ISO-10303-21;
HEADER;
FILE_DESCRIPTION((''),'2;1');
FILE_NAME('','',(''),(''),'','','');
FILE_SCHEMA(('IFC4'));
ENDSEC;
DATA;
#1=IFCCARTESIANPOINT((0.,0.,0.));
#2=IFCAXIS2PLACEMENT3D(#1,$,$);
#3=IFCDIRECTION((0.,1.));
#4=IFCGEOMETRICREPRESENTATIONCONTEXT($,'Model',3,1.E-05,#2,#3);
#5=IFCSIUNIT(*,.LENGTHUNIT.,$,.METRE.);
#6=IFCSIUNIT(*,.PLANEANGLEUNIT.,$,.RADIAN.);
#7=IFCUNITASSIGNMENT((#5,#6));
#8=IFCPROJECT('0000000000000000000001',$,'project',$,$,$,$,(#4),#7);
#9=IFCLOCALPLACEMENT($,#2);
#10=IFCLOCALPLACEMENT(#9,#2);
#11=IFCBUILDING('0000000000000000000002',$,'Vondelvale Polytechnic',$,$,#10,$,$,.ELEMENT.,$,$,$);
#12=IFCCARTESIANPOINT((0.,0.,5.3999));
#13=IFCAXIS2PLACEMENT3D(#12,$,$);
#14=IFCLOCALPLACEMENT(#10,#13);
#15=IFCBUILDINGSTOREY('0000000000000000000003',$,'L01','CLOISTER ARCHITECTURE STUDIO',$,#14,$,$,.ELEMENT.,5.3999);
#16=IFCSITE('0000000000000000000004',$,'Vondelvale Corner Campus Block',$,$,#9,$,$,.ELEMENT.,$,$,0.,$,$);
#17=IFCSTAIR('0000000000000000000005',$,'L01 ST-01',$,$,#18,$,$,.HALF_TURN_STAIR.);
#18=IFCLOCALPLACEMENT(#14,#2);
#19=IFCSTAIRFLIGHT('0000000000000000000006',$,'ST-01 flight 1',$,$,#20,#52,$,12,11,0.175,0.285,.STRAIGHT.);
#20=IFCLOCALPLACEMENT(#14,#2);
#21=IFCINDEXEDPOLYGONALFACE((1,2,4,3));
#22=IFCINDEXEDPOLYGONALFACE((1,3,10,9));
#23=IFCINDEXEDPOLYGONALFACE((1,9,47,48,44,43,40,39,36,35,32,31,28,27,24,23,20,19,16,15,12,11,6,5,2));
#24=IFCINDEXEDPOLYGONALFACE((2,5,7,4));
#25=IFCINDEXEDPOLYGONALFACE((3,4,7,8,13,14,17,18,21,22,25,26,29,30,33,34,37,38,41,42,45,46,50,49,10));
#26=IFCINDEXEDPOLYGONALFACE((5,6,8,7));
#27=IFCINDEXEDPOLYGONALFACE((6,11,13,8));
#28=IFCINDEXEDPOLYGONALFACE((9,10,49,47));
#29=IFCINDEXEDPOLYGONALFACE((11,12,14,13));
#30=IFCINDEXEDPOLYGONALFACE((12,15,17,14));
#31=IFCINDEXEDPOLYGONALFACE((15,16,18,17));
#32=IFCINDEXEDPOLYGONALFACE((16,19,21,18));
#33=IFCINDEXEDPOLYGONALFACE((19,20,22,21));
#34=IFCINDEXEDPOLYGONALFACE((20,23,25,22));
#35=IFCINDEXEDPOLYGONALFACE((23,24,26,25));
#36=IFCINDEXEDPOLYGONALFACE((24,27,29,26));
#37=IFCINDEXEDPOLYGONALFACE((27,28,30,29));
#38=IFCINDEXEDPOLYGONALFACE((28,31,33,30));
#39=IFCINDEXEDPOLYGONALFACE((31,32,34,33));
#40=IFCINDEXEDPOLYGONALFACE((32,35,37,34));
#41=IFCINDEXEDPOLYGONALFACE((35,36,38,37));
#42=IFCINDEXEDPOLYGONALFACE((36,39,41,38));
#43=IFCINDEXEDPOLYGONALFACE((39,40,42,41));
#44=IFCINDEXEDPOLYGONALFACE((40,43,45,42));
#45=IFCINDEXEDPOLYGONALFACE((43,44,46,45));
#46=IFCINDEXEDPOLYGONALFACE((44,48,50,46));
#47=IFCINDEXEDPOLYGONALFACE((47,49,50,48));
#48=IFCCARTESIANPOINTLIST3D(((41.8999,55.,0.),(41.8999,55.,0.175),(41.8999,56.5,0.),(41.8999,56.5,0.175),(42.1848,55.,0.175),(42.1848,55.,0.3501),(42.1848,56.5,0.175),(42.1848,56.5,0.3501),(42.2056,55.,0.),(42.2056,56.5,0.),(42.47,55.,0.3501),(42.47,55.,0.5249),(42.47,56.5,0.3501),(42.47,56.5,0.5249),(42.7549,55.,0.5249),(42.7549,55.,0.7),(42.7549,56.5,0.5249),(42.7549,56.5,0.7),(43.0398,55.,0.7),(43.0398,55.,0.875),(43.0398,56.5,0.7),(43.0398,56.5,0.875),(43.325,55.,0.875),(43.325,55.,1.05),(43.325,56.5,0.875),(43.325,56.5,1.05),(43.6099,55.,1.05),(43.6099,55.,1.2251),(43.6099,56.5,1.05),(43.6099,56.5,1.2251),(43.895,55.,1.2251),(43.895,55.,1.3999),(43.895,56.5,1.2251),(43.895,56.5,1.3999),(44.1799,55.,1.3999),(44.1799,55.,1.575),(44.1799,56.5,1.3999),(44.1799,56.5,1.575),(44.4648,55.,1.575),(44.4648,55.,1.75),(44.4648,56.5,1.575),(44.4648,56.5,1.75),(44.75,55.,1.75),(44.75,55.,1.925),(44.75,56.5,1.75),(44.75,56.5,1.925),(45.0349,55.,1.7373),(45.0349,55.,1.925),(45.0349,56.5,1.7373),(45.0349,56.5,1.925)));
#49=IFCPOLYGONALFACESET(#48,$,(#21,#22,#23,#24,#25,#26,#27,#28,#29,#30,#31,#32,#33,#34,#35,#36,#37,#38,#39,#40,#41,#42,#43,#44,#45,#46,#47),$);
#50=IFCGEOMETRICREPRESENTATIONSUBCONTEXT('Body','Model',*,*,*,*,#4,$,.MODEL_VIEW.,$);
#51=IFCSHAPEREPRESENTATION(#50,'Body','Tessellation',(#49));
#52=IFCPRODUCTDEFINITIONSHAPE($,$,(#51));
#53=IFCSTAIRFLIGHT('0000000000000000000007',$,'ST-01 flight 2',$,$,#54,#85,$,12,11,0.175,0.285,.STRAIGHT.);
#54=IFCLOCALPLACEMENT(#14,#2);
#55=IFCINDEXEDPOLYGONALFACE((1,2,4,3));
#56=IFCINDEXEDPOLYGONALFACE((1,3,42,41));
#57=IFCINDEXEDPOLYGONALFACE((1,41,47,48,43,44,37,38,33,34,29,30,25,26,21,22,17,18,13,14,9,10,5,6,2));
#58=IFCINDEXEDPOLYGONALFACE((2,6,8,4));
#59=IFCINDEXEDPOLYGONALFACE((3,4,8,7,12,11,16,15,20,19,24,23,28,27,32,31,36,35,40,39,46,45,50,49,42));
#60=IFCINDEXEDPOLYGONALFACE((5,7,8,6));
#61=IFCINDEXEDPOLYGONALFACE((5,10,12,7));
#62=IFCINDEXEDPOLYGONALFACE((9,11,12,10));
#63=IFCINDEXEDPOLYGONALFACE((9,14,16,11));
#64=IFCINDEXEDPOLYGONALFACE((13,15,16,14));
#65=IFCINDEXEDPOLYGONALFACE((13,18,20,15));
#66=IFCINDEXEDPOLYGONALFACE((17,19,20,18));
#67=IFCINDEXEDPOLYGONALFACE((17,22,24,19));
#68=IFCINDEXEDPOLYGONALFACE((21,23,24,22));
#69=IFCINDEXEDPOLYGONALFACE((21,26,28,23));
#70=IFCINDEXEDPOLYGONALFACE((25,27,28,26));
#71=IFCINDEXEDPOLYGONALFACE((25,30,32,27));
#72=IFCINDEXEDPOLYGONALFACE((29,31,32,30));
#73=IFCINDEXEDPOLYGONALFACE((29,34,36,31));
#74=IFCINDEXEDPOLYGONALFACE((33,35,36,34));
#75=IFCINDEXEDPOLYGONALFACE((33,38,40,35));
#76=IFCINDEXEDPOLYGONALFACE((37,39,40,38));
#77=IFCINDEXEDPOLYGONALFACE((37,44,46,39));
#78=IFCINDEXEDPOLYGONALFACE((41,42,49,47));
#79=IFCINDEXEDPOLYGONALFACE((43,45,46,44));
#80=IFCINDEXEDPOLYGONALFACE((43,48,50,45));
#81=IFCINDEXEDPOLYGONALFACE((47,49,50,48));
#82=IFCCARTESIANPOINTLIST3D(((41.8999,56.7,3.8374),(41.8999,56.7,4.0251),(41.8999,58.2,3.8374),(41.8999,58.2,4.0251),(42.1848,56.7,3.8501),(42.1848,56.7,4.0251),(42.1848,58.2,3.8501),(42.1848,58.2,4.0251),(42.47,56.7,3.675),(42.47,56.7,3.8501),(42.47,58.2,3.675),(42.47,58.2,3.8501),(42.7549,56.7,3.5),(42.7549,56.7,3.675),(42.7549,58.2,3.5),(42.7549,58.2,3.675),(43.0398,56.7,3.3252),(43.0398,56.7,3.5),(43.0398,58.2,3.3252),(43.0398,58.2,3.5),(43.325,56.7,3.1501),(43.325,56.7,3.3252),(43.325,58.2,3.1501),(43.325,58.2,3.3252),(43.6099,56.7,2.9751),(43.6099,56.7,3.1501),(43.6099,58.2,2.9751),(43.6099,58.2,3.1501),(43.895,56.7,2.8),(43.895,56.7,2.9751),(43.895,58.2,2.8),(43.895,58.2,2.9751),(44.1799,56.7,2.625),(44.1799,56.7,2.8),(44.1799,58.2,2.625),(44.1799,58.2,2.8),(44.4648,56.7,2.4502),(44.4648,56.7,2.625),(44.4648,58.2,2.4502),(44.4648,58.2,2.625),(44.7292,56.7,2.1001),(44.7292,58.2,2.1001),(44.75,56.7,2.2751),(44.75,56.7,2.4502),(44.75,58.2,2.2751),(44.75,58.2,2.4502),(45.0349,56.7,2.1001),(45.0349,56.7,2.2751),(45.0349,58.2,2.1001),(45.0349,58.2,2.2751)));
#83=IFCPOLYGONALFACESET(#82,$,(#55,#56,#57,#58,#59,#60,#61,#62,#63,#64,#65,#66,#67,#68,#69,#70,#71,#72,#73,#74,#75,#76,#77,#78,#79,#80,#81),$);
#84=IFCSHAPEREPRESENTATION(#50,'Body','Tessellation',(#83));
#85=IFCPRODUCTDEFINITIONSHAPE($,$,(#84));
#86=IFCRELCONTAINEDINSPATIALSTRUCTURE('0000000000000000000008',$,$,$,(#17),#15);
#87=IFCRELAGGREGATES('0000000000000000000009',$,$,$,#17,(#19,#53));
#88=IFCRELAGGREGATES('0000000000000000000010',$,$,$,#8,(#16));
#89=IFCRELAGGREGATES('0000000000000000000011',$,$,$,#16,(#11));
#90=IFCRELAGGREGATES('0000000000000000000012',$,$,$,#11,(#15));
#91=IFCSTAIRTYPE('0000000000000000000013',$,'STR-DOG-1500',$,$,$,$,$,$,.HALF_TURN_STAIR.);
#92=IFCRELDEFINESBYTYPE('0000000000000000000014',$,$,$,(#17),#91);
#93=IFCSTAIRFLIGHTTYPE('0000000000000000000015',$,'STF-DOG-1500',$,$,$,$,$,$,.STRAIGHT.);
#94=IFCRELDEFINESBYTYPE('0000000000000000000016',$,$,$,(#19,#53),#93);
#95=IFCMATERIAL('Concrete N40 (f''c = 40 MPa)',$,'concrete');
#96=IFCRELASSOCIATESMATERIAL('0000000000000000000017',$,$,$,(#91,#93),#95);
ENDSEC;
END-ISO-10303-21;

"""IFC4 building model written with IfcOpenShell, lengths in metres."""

from ifc_helpers import new_model, si_unit, direction, frame, origin, place, context, subcontext, project, spatial, polyline, outline, extrude, material, type_object, element, aggregate, save


model = new_model("IFC4")

# Units and contexts
model_context = context("Model", 3, precision=1e-05, world=origin(), true_north=direction((0.0, 1.0)))
body_context = subcontext(model_context, "Body", "Model", "MODEL_VIEW")
ifc_project = project(units=[si_unit("LENGTHUNIT", "METRE"), si_unit("PLANEANGLEUNIT", "RADIAN")], contexts=[model_context])

# Site, building, storey
site_placement = place(None, origin())
site = spatial("IfcSite", under=ifc_project, at=site_placement, Name="Vondelvale Corner Campus Block", CompositionType="ELEMENT", RefElevation=0.0)
building_placement = place(site_placement, origin())
building = spatial("IfcBuilding", under=site, at=building_placement, Name="Vondelvale Polytechnic", CompositionType="ELEMENT")
storey_placement = place(building_placement, frame((0.0, 0.0, 5.3999)))
storey = spatial("IfcBuildingStorey", under=building, at=storey_placement, Name="L01", Description="CLOISTER ARCHITECTURE STUDIO", CompositionType="ELEMENT", Elevation=5.3999)

# Shared definitions
ifc_material_1 = material(Name="Concrete N40 (f'c = 40 MPa)", Category="concrete")

# Stair, stair flights
stair_type = type_object("IfcStairType", Name="STR-DOG-1500", PredefinedType="HALF_TURN_STAIR", material=ifc_material_1)
stair_placement = place(storey_placement, origin())
stair = element("IfcStair", 1, at=stair_placement, inside=storey, type_object=stair_type, Name="L01 ST-01", PredefinedType="HALF_TURN_STAIR")
stair_flight_type = type_object("IfcStairFlightType", Name="STF-DOG-1500", PredefinedType="STRAIGHT", material=ifc_material_1)
stair_flight_1_placement = place(storey_placement, frame((41.8999, 55.75, 0.0), z_axis=(0.0, 0.0, 1.0), x_axis=(1.0, 0.0, 0.0)))
stair_flight_1 = element("IfcStairFlight", 2, at=stair_flight_1_placement, type_object=stair_flight_type, Name="ST-01 flight 1", NumberOfRisers=12, NumberOfTreads=11, PredefinedType="STRAIGHT", RiserHeight=0.175, TreadLength=0.285, context=body_context, shape_type="SweptSolid", body=[
    extrude(outline(polyline([(0.0, 0.0), (0.0, 0.175), (0.2849, 0.175), (0.2849, 0.3501), (0.5701, 0.3501), (0.5701, 0.5249), (0.855, 0.5249), (0.855, 0.7), (1.1399, 0.7), (1.1399, 0.875), (1.425, 0.875), (1.425, 1.05), (1.71, 1.05), (1.71, 1.2251), (1.9951, 1.2251), (1.9951, 1.3999), (2.28, 1.3999), (2.28, 1.575), (2.5649, 1.575), (2.5649, 1.75), (2.8501, 1.75), (2.8501, 1.925), (3.135, 1.925), (3.135, 2.1001), (3.135, 1.7373), (0.3057, 0.0), (0.0, 0.0)])), frame((0.0, 0.75, 0.0), z_axis=(0.0, -1.0, 0.0), x_axis=(1.0, 0.0, 0.0)), (0.0, 0.0, 1.0), 1.5),
])
stair_flight_2_placement = place(storey_placement, frame((45.0349, 57.45, 2.1001), z_axis=(0.0, 0.0, 1.0), x_axis=(-1.0, 0.0, 0.0)))
stair_flight_2 = element("IfcStairFlight", 3, at=stair_flight_2_placement, type_object=stair_flight_type, Name="ST-01 flight 2", NumberOfRisers=12, NumberOfTreads=11, PredefinedType="STRAIGHT", RiserHeight=0.175, TreadLength=0.285, context=body_context, shape_type="SweptSolid", body=[
    extrude(outline(polyline([(0.0, 0.0), (0.0, 0.175), (0.2849, 0.175), (0.2849, 0.3501), (0.5701, 0.3501), (0.5701, 0.5249), (0.855, 0.5249), (0.855, 0.7), (1.1399, 0.7), (1.1399, 0.875), (1.425, 0.875), (1.425, 1.05), (1.71, 1.05), (1.71, 1.2251), (1.9951, 1.2251), (1.9951, 1.3999), (2.28, 1.3999), (2.28, 1.575), (2.5649, 1.575), (2.5649, 1.75), (2.8501, 1.75), (2.8501, 1.925), (3.135, 1.925), (3.135, 2.1001), (3.135, 1.7373), (0.3057, 0.0), (0.0, 0.0)])), frame((0.0, 0.75, 0.0), z_axis=(0.0, -1.0, 0.0), x_axis=(1.0, 0.0, 0.0)), (0.0, 0.0, 1.0), 1.5),
])
aggregate(stair, [stair_flight_1, stair_flight_2])

save(model, "model.ifc")
